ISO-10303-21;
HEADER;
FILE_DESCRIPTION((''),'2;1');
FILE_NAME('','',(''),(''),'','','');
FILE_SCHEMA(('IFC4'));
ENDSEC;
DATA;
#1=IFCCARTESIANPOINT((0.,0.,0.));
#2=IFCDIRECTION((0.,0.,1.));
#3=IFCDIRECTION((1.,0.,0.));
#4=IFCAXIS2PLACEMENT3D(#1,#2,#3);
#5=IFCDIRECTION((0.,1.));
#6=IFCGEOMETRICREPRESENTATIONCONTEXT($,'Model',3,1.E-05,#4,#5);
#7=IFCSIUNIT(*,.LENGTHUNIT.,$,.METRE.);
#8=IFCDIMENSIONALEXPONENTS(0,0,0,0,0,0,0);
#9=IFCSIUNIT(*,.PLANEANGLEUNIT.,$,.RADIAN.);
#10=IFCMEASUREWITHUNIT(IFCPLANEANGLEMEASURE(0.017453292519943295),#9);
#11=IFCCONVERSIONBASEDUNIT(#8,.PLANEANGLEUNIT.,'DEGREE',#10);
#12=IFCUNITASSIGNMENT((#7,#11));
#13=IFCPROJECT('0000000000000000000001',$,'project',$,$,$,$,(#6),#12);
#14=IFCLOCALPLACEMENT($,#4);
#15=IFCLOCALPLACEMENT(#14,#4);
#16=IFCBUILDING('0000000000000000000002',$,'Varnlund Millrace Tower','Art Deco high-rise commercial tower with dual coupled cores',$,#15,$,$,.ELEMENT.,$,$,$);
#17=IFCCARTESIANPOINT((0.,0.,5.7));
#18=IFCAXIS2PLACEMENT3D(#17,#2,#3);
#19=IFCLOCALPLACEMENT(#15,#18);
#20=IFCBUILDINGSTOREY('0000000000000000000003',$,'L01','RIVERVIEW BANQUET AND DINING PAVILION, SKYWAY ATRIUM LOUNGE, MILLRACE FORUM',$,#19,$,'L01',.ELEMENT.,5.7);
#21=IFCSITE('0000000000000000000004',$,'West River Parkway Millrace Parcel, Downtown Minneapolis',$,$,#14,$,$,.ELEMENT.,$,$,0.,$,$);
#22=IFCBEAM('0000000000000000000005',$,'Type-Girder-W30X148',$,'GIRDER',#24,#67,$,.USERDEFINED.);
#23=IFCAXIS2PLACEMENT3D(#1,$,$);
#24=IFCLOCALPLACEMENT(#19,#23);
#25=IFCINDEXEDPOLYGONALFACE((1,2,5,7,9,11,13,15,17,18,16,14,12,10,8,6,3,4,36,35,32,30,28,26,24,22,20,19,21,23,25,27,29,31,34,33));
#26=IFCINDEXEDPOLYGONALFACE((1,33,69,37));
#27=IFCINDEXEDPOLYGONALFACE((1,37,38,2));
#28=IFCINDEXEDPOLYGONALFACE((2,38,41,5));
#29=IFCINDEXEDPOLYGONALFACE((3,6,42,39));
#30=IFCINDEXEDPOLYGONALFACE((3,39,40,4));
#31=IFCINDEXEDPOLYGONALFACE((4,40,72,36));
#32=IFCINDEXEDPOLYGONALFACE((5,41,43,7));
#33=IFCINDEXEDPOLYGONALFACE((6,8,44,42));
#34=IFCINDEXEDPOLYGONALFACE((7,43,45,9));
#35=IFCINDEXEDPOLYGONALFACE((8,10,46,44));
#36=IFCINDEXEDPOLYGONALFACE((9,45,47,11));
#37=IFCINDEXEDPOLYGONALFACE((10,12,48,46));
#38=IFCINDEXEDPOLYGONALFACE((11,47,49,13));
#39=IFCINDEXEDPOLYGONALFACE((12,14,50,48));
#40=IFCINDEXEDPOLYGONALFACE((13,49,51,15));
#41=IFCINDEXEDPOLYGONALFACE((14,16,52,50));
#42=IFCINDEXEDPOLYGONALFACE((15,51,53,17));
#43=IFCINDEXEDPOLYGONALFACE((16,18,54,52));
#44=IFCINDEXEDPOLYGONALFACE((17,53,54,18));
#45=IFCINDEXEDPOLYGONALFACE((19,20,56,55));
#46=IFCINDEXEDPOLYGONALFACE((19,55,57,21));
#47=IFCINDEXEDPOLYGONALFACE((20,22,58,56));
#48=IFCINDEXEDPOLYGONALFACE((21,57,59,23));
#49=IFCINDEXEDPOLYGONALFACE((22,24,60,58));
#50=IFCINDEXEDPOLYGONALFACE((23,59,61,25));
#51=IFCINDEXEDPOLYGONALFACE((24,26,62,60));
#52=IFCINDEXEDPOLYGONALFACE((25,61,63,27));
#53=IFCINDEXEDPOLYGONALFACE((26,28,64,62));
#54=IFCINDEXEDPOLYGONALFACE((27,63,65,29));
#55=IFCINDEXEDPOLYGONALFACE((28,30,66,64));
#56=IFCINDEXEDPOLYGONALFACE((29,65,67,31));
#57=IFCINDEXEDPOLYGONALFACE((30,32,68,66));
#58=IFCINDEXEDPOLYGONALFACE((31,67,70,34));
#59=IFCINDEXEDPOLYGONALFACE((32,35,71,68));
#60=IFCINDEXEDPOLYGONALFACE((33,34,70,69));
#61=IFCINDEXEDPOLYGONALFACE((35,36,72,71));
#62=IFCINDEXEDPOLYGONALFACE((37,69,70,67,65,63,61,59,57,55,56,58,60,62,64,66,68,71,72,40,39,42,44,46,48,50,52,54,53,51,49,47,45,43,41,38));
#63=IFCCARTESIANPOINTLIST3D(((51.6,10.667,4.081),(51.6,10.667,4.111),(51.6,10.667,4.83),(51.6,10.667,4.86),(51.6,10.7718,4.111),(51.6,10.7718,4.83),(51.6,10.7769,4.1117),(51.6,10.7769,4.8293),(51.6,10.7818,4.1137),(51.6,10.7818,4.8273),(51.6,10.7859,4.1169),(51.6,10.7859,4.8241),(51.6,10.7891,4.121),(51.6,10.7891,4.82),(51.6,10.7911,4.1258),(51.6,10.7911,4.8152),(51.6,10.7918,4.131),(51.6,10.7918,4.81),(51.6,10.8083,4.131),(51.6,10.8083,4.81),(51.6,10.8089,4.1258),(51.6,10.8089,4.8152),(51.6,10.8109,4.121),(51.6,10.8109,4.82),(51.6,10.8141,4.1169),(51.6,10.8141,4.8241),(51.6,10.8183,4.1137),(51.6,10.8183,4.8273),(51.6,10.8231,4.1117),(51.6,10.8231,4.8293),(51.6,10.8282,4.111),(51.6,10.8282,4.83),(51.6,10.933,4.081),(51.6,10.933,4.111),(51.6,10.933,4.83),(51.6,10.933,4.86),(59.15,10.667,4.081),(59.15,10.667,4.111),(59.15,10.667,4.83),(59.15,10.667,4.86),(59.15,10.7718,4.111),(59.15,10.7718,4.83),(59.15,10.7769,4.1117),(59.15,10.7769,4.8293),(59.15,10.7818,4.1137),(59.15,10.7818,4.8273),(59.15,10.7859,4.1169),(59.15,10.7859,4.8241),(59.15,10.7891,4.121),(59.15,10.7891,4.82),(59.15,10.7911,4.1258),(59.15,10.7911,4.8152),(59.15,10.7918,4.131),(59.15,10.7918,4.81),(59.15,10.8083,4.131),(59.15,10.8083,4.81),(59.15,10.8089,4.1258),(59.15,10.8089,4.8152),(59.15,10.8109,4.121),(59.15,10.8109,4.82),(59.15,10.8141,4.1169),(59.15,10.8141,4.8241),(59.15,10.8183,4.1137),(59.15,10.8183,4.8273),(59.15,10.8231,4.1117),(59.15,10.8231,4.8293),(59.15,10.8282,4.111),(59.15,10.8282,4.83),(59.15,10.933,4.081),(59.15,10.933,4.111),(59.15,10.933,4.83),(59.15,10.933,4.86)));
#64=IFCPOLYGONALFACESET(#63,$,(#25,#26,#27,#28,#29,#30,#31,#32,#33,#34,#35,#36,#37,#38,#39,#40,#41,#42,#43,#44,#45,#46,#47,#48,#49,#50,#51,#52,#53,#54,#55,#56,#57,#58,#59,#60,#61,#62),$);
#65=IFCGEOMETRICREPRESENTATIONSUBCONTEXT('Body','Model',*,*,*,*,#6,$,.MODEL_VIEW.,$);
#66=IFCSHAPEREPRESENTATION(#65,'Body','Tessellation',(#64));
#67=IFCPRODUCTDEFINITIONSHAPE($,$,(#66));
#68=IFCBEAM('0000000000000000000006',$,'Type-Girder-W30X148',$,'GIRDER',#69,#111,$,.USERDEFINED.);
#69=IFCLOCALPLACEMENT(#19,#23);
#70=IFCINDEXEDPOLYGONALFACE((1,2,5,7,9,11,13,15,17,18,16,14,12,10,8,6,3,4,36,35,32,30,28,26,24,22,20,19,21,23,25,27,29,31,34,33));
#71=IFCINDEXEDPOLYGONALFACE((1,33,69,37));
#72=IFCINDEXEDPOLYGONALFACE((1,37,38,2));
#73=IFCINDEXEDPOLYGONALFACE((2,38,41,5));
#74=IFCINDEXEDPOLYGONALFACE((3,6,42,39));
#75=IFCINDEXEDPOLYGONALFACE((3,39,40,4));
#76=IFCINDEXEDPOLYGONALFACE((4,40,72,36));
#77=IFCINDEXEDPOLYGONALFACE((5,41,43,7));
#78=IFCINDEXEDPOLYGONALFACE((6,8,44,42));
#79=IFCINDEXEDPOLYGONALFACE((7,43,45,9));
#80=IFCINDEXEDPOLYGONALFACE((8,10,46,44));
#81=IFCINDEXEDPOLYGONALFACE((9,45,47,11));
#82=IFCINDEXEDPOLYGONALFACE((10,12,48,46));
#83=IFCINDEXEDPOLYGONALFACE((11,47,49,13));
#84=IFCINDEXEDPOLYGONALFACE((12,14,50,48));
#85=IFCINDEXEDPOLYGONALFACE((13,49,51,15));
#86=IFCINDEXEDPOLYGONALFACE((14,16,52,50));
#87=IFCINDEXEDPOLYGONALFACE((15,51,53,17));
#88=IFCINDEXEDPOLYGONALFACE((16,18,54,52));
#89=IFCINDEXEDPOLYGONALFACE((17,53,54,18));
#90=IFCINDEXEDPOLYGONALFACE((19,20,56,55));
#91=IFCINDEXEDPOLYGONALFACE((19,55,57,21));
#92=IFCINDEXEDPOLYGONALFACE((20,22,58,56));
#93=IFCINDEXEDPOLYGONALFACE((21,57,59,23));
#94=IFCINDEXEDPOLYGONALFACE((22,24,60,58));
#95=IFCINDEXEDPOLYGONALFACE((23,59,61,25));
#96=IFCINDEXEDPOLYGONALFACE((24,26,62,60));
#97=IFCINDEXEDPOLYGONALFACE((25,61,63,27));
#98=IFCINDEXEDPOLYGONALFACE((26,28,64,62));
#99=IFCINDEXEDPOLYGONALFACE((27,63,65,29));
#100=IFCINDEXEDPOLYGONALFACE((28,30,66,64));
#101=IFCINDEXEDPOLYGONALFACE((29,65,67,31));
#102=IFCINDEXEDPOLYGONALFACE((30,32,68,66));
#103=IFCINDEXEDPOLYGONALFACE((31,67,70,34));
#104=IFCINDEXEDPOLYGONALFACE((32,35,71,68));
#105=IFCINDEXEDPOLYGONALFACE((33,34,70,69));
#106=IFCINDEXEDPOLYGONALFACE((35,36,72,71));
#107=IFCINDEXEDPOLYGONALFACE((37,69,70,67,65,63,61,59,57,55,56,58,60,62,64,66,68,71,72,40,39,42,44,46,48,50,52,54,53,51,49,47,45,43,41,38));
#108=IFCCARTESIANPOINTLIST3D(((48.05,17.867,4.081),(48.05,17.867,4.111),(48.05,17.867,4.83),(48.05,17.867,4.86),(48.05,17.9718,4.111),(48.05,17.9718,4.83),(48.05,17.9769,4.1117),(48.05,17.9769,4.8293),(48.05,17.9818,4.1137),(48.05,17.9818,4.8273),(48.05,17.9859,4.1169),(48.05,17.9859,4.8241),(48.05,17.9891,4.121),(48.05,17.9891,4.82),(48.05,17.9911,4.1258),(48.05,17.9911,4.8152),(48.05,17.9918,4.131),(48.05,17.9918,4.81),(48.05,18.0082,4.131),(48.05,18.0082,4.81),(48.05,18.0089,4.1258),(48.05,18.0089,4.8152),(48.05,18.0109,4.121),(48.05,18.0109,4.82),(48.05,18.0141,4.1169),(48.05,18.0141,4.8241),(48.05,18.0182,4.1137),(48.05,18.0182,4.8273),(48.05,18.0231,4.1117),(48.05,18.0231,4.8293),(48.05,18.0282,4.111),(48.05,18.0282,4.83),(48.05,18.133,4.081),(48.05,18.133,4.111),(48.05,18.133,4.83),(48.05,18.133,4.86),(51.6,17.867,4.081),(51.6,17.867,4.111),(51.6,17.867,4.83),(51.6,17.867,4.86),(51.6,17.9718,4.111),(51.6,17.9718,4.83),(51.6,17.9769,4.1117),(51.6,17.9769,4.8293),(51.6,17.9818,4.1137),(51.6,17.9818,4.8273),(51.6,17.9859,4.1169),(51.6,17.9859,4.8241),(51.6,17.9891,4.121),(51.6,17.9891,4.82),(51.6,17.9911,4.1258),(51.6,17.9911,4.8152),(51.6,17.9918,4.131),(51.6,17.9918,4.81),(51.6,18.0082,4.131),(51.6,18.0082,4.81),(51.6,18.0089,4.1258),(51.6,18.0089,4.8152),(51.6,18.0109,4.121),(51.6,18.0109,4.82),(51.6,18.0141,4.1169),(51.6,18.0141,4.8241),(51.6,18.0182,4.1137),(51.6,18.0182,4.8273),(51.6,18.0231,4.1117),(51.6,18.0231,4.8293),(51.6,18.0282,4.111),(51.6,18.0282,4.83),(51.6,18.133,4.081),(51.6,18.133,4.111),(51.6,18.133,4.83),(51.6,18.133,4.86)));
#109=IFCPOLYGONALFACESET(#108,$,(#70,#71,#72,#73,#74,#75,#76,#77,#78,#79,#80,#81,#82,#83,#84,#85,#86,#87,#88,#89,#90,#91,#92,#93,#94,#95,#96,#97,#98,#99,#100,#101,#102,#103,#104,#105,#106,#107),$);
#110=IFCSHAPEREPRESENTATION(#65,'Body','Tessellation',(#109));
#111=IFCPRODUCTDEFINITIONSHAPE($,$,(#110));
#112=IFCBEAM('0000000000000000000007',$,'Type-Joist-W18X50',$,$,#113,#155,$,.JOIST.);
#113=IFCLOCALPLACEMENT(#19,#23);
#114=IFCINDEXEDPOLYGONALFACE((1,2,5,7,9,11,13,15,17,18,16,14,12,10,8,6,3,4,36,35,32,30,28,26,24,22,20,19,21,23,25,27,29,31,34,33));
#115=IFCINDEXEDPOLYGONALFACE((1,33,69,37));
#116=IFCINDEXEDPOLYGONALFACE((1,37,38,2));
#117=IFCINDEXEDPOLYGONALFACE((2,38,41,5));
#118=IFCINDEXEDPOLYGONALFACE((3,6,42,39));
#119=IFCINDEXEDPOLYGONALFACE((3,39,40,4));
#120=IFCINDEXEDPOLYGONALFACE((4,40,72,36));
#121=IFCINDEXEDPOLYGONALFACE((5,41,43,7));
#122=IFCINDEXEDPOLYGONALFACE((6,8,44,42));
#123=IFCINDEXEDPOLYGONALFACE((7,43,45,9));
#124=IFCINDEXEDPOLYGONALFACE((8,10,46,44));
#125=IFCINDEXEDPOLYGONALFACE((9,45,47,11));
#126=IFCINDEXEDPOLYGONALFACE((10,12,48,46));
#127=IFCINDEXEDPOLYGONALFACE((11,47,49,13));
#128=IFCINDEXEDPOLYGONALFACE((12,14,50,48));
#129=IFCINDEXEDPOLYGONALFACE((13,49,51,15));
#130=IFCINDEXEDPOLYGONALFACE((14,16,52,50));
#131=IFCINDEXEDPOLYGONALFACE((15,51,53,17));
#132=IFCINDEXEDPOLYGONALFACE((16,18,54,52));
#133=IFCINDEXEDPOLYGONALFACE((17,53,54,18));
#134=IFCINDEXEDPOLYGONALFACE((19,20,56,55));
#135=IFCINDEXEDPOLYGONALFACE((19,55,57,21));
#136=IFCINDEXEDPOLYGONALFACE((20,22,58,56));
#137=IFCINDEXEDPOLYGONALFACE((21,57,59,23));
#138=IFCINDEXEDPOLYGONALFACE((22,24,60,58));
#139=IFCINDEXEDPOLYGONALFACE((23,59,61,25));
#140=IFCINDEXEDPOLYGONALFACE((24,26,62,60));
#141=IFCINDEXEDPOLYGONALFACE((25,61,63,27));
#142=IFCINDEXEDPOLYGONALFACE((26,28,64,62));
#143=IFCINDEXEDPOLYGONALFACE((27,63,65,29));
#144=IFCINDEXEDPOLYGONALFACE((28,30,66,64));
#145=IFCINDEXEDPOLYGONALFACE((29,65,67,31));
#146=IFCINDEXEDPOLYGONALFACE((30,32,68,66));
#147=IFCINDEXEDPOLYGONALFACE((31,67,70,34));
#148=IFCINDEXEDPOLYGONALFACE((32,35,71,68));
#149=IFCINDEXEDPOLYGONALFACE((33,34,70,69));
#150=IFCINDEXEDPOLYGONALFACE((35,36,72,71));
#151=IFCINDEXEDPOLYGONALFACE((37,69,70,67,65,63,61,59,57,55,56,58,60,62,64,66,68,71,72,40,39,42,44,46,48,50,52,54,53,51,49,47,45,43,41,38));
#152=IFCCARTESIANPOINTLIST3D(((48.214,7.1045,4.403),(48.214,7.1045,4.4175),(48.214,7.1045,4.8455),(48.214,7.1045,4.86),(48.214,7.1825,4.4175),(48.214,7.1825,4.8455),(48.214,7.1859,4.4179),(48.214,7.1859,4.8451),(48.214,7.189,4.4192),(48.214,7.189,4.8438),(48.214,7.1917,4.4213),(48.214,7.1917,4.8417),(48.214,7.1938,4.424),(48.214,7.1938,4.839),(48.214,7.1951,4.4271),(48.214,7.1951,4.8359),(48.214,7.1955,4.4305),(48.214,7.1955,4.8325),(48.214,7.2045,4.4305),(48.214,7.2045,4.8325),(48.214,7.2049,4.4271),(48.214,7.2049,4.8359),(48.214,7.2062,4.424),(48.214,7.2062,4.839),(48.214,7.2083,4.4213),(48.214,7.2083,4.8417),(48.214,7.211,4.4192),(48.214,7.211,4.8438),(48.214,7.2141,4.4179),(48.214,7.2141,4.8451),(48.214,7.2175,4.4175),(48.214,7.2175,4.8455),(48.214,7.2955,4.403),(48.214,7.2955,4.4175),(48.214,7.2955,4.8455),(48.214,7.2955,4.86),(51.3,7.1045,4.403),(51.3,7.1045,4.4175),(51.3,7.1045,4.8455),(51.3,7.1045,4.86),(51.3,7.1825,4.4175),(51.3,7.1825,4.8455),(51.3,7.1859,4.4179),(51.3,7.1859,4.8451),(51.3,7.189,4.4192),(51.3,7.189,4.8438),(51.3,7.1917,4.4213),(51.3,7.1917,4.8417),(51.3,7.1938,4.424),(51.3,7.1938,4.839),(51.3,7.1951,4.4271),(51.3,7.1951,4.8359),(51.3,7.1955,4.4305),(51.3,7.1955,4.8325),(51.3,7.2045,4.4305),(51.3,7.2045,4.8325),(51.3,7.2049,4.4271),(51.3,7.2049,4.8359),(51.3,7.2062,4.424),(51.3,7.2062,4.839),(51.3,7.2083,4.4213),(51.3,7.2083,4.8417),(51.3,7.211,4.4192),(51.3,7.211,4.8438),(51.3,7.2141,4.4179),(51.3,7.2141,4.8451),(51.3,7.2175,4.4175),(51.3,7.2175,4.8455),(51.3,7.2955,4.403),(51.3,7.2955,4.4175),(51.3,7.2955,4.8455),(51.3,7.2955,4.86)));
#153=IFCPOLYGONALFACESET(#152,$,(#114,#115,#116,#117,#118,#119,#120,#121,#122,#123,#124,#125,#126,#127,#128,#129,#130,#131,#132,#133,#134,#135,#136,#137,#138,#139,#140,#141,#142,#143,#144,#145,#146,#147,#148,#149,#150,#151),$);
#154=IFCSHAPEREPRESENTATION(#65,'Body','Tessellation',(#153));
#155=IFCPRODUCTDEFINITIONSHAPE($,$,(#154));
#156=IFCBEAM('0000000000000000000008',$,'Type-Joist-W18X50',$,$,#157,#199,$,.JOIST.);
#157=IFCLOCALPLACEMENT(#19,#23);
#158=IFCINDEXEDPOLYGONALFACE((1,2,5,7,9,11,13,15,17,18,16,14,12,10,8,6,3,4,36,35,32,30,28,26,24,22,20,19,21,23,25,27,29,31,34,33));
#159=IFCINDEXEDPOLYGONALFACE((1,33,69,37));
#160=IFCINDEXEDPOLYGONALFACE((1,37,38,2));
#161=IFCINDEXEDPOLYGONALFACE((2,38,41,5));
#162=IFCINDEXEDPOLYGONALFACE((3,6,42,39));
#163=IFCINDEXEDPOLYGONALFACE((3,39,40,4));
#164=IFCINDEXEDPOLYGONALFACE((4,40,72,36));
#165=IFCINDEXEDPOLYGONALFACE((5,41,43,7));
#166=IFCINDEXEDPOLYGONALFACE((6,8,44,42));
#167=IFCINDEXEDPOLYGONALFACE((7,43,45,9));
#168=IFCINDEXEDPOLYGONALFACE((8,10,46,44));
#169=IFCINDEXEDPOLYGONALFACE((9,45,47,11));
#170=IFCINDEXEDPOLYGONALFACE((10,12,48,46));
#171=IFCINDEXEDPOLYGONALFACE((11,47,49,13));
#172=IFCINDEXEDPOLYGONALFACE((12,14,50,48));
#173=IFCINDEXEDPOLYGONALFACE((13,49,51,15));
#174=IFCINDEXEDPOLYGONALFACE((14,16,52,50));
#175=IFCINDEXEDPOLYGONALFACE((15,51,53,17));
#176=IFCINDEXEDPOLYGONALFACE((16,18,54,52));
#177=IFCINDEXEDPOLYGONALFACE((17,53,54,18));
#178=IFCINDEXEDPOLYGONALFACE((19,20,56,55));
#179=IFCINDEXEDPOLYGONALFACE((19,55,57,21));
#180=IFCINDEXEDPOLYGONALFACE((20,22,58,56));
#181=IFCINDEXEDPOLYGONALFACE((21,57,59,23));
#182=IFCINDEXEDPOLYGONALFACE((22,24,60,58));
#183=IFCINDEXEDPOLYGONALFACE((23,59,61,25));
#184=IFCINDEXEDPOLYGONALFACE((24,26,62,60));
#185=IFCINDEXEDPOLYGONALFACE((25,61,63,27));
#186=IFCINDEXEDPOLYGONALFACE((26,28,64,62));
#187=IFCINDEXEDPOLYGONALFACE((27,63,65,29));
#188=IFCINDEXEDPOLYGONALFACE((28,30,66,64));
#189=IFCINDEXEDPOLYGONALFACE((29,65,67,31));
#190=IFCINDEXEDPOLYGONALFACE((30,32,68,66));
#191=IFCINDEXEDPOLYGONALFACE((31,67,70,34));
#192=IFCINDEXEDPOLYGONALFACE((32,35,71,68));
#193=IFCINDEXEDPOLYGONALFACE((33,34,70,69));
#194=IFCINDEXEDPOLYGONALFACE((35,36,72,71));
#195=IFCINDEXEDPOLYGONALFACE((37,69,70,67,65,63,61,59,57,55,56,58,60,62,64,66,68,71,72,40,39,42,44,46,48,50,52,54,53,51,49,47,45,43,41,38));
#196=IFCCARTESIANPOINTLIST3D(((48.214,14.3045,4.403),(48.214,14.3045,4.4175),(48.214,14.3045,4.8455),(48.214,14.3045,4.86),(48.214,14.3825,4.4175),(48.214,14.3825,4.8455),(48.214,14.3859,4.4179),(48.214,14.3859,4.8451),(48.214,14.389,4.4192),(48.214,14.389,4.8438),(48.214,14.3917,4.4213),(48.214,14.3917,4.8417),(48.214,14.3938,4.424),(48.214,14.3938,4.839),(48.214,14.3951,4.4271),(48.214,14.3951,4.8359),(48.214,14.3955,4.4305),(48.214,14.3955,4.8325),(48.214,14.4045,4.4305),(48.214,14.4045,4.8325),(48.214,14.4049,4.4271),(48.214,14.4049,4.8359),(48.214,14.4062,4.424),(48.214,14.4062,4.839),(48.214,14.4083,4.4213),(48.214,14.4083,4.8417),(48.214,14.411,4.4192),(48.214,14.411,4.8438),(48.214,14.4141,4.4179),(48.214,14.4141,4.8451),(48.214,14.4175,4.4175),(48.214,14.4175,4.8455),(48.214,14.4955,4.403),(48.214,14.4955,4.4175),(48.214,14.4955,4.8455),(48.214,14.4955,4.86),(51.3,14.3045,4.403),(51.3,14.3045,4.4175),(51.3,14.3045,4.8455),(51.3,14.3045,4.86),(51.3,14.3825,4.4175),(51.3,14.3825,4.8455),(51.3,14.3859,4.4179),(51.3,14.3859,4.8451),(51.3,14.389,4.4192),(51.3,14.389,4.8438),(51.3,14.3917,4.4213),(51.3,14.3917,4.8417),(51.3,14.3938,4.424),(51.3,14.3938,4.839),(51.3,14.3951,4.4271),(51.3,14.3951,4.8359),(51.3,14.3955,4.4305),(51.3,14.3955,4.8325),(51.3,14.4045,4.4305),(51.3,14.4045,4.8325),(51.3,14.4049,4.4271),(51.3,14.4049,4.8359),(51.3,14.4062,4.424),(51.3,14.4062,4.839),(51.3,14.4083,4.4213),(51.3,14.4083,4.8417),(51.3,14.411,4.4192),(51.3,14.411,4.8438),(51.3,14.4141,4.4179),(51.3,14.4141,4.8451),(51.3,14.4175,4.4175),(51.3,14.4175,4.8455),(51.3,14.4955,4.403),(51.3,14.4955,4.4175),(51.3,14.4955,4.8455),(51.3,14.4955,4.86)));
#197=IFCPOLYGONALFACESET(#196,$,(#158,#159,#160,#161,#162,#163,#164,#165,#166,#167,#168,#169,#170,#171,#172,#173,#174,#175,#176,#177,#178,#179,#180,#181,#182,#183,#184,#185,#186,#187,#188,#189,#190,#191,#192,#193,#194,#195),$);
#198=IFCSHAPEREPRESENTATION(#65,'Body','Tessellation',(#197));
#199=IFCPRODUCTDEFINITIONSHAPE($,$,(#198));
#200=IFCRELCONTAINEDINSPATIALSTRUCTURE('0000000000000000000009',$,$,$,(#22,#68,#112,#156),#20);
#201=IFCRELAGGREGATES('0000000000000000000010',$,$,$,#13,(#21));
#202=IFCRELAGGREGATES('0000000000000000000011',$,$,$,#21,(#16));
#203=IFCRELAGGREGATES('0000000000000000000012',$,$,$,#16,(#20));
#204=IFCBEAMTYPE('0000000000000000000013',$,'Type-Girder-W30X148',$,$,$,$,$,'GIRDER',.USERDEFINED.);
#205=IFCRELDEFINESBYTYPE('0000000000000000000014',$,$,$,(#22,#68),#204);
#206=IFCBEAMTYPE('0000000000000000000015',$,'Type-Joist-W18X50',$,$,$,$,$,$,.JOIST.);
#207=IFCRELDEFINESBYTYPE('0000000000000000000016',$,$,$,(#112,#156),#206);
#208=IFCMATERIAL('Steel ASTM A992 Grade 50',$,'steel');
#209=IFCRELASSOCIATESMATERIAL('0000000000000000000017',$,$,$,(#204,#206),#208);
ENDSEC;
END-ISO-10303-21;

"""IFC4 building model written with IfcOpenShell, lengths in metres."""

from ifc_helpers import new_model, entity, si_unit, converted_unit, direction, frame, origin_with_axes, origin_2d_with_axis, place, context, subcontext, project, spatial, i_section, extrude, material, material_profile, profile_set, type_object, element, save


model = new_model("IFC4")

# Units and contexts
model_context = context("Model", 3, precision=1e-05, world=origin_with_axes(), true_north=direction((0.0, 1.0)))
body_context = subcontext(model_context, "Body", "Model", "MODEL_VIEW")
ifc_project = project(units=[si_unit("LENGTHUNIT", "METRE"), converted_unit("PLANEANGLEUNIT", "DEGREE", entity("IfcPlaneAngleMeasure", 0.017453292519943295), si_unit("PLANEANGLEUNIT", "RADIAN"), dimensions=[0, 0, 0, 0, 0, 0, 0])], contexts=[model_context])

# Site, building, storey
site_placement = place(None, origin_with_axes())
site = spatial("IfcSite", under=ifc_project, at=site_placement, Name="West River Parkway Millrace Parcel, Downtown Minneapolis", CompositionType="ELEMENT", RefElevation=0.0)
building_placement = place(site_placement, origin_with_axes())
building = spatial("IfcBuilding", under=site, at=building_placement, Name="Varnlund Millrace Tower", Description="Art Deco high-rise commercial tower with dual coupled cores", CompositionType="ELEMENT")
storey_placement = place(building_placement, frame((0.0, 0.0, 5.7), z_axis=(0.0, 0.0, 1.0), x_axis=(1.0, 0.0, 0.0)))
storey = spatial("IfcBuildingStorey", under=building, at=storey_placement, Name="L01", Description="RIVERVIEW BANQUET AND DINING PAVILION, SKYWAY ATRIUM LOUNGE, MILLRACE FORUM", LongName="L01", CompositionType="ELEMENT", Elevation=5.7)

# Beams
ifc_material_1 = material(Name="Steel ASTM A992 Grade 50", Category="steel")
ifc_material_profile_1 = material_profile(ifc_material_1, i_section(OverallWidth=0.266, OverallDepth=0.779, WebThickness=0.0165, FlangeThickness=0.03, FilletRadius=0.02, at=origin_2d_with_axis()), Name="Steel ASTM A992 Grade 50")
ifc_profile_set_1 = profile_set([ifc_material_profile_1], Name="Steel ASTM A992 Grade 50")
beam_type_1 = type_object("IfcBeamType", Name="Type-Girder-W30X148", ElementType="GIRDER", PredefinedType="USERDEFINED", material=ifc_profile_set_1)
beam_1_placement = place(storey_placement, frame((51.6, 10.8, 4.4705), z_axis=(1.0, 0.0, 0.0), x_axis=(0.0, 1.0, 0.0)))
element("IfcBeam", 1, at=beam_1_placement, inside=storey, type_object=beam_type_1, Name="Type-Girder-W30X148", ObjectType="GIRDER", PredefinedType="USERDEFINED", context=body_context, shape_type="SweptSolid", body=[
    extrude(i_section(OverallWidth=0.266, OverallDepth=0.779, WebThickness=0.0165, FlangeThickness=0.03, FilletRadius=0.02, at=origin_2d_with_axis()), origin_with_axes(), (0.0, 0.0, 1.0), 7.55),
])
beam_2_placement = place(storey_placement, frame((48.05, 18.0, 4.4705), z_axis=(1.0, 0.0, 0.0), x_axis=(0.0, 1.0, 0.0)))
element("IfcBeam", 2, at=beam_2_placement, inside=storey, type_object=beam_type_1, Name="Type-Girder-W30X148", ObjectType="GIRDER", PredefinedType="USERDEFINED", context=body_context, shape_type="SweptSolid", body=[
    extrude(i_section(OverallWidth=0.266, OverallDepth=0.779, WebThickness=0.0165, FlangeThickness=0.03, FilletRadius=0.02, at=origin_2d_with_axis()), origin_with_axes(), (0.0, 0.0, 1.0), 3.55),
])
ifc_material_profile_2 = material_profile(ifc_material_1, i_section(OverallWidth=0.191, OverallDepth=0.457, WebThickness=0.009, FlangeThickness=0.0145, FilletRadius=0.013, at=origin_2d_with_axis()), Name="Steel ASTM A992 Grade 50")
ifc_profile_set_2 = profile_set([ifc_material_profile_2], Name="Steel ASTM A992 Grade 50")
beam_type_2 = type_object("IfcBeamType", Name="Type-Joist-W18X50", PredefinedType="JOIST", material=ifc_profile_set_2)
for number, where, z_axis, x_axis, name in (
    (3, (48.214, 7.2, 4.6315), (1.0, 0.0, 0.0), (0.0, 1.0, 0.0), "Type-Joist-W18X50"),
    (4, (48.214, 14.4, 4.6315), (1.0, 0.0, 0.0), (0.0, 1.0, 0.0), "Type-Joist-W18X50"),
):
    element("IfcBeam", number, at=place(storey_placement, frame(where, z_axis=z_axis, x_axis=x_axis)), inside=storey, type_object=beam_type_2, Name=name, PredefinedType="JOIST", context=body_context, shape_type="SweptSolid", body=[
        extrude(i_section(OverallWidth=0.191, OverallDepth=0.457, WebThickness=0.009, FlangeThickness=0.0145, FilletRadius=0.013, at=origin_2d_with_axis()), origin_with_axes(), (0.0, 0.0, 1.0), 3.086),
    ])

save(model, "model.ifc")
